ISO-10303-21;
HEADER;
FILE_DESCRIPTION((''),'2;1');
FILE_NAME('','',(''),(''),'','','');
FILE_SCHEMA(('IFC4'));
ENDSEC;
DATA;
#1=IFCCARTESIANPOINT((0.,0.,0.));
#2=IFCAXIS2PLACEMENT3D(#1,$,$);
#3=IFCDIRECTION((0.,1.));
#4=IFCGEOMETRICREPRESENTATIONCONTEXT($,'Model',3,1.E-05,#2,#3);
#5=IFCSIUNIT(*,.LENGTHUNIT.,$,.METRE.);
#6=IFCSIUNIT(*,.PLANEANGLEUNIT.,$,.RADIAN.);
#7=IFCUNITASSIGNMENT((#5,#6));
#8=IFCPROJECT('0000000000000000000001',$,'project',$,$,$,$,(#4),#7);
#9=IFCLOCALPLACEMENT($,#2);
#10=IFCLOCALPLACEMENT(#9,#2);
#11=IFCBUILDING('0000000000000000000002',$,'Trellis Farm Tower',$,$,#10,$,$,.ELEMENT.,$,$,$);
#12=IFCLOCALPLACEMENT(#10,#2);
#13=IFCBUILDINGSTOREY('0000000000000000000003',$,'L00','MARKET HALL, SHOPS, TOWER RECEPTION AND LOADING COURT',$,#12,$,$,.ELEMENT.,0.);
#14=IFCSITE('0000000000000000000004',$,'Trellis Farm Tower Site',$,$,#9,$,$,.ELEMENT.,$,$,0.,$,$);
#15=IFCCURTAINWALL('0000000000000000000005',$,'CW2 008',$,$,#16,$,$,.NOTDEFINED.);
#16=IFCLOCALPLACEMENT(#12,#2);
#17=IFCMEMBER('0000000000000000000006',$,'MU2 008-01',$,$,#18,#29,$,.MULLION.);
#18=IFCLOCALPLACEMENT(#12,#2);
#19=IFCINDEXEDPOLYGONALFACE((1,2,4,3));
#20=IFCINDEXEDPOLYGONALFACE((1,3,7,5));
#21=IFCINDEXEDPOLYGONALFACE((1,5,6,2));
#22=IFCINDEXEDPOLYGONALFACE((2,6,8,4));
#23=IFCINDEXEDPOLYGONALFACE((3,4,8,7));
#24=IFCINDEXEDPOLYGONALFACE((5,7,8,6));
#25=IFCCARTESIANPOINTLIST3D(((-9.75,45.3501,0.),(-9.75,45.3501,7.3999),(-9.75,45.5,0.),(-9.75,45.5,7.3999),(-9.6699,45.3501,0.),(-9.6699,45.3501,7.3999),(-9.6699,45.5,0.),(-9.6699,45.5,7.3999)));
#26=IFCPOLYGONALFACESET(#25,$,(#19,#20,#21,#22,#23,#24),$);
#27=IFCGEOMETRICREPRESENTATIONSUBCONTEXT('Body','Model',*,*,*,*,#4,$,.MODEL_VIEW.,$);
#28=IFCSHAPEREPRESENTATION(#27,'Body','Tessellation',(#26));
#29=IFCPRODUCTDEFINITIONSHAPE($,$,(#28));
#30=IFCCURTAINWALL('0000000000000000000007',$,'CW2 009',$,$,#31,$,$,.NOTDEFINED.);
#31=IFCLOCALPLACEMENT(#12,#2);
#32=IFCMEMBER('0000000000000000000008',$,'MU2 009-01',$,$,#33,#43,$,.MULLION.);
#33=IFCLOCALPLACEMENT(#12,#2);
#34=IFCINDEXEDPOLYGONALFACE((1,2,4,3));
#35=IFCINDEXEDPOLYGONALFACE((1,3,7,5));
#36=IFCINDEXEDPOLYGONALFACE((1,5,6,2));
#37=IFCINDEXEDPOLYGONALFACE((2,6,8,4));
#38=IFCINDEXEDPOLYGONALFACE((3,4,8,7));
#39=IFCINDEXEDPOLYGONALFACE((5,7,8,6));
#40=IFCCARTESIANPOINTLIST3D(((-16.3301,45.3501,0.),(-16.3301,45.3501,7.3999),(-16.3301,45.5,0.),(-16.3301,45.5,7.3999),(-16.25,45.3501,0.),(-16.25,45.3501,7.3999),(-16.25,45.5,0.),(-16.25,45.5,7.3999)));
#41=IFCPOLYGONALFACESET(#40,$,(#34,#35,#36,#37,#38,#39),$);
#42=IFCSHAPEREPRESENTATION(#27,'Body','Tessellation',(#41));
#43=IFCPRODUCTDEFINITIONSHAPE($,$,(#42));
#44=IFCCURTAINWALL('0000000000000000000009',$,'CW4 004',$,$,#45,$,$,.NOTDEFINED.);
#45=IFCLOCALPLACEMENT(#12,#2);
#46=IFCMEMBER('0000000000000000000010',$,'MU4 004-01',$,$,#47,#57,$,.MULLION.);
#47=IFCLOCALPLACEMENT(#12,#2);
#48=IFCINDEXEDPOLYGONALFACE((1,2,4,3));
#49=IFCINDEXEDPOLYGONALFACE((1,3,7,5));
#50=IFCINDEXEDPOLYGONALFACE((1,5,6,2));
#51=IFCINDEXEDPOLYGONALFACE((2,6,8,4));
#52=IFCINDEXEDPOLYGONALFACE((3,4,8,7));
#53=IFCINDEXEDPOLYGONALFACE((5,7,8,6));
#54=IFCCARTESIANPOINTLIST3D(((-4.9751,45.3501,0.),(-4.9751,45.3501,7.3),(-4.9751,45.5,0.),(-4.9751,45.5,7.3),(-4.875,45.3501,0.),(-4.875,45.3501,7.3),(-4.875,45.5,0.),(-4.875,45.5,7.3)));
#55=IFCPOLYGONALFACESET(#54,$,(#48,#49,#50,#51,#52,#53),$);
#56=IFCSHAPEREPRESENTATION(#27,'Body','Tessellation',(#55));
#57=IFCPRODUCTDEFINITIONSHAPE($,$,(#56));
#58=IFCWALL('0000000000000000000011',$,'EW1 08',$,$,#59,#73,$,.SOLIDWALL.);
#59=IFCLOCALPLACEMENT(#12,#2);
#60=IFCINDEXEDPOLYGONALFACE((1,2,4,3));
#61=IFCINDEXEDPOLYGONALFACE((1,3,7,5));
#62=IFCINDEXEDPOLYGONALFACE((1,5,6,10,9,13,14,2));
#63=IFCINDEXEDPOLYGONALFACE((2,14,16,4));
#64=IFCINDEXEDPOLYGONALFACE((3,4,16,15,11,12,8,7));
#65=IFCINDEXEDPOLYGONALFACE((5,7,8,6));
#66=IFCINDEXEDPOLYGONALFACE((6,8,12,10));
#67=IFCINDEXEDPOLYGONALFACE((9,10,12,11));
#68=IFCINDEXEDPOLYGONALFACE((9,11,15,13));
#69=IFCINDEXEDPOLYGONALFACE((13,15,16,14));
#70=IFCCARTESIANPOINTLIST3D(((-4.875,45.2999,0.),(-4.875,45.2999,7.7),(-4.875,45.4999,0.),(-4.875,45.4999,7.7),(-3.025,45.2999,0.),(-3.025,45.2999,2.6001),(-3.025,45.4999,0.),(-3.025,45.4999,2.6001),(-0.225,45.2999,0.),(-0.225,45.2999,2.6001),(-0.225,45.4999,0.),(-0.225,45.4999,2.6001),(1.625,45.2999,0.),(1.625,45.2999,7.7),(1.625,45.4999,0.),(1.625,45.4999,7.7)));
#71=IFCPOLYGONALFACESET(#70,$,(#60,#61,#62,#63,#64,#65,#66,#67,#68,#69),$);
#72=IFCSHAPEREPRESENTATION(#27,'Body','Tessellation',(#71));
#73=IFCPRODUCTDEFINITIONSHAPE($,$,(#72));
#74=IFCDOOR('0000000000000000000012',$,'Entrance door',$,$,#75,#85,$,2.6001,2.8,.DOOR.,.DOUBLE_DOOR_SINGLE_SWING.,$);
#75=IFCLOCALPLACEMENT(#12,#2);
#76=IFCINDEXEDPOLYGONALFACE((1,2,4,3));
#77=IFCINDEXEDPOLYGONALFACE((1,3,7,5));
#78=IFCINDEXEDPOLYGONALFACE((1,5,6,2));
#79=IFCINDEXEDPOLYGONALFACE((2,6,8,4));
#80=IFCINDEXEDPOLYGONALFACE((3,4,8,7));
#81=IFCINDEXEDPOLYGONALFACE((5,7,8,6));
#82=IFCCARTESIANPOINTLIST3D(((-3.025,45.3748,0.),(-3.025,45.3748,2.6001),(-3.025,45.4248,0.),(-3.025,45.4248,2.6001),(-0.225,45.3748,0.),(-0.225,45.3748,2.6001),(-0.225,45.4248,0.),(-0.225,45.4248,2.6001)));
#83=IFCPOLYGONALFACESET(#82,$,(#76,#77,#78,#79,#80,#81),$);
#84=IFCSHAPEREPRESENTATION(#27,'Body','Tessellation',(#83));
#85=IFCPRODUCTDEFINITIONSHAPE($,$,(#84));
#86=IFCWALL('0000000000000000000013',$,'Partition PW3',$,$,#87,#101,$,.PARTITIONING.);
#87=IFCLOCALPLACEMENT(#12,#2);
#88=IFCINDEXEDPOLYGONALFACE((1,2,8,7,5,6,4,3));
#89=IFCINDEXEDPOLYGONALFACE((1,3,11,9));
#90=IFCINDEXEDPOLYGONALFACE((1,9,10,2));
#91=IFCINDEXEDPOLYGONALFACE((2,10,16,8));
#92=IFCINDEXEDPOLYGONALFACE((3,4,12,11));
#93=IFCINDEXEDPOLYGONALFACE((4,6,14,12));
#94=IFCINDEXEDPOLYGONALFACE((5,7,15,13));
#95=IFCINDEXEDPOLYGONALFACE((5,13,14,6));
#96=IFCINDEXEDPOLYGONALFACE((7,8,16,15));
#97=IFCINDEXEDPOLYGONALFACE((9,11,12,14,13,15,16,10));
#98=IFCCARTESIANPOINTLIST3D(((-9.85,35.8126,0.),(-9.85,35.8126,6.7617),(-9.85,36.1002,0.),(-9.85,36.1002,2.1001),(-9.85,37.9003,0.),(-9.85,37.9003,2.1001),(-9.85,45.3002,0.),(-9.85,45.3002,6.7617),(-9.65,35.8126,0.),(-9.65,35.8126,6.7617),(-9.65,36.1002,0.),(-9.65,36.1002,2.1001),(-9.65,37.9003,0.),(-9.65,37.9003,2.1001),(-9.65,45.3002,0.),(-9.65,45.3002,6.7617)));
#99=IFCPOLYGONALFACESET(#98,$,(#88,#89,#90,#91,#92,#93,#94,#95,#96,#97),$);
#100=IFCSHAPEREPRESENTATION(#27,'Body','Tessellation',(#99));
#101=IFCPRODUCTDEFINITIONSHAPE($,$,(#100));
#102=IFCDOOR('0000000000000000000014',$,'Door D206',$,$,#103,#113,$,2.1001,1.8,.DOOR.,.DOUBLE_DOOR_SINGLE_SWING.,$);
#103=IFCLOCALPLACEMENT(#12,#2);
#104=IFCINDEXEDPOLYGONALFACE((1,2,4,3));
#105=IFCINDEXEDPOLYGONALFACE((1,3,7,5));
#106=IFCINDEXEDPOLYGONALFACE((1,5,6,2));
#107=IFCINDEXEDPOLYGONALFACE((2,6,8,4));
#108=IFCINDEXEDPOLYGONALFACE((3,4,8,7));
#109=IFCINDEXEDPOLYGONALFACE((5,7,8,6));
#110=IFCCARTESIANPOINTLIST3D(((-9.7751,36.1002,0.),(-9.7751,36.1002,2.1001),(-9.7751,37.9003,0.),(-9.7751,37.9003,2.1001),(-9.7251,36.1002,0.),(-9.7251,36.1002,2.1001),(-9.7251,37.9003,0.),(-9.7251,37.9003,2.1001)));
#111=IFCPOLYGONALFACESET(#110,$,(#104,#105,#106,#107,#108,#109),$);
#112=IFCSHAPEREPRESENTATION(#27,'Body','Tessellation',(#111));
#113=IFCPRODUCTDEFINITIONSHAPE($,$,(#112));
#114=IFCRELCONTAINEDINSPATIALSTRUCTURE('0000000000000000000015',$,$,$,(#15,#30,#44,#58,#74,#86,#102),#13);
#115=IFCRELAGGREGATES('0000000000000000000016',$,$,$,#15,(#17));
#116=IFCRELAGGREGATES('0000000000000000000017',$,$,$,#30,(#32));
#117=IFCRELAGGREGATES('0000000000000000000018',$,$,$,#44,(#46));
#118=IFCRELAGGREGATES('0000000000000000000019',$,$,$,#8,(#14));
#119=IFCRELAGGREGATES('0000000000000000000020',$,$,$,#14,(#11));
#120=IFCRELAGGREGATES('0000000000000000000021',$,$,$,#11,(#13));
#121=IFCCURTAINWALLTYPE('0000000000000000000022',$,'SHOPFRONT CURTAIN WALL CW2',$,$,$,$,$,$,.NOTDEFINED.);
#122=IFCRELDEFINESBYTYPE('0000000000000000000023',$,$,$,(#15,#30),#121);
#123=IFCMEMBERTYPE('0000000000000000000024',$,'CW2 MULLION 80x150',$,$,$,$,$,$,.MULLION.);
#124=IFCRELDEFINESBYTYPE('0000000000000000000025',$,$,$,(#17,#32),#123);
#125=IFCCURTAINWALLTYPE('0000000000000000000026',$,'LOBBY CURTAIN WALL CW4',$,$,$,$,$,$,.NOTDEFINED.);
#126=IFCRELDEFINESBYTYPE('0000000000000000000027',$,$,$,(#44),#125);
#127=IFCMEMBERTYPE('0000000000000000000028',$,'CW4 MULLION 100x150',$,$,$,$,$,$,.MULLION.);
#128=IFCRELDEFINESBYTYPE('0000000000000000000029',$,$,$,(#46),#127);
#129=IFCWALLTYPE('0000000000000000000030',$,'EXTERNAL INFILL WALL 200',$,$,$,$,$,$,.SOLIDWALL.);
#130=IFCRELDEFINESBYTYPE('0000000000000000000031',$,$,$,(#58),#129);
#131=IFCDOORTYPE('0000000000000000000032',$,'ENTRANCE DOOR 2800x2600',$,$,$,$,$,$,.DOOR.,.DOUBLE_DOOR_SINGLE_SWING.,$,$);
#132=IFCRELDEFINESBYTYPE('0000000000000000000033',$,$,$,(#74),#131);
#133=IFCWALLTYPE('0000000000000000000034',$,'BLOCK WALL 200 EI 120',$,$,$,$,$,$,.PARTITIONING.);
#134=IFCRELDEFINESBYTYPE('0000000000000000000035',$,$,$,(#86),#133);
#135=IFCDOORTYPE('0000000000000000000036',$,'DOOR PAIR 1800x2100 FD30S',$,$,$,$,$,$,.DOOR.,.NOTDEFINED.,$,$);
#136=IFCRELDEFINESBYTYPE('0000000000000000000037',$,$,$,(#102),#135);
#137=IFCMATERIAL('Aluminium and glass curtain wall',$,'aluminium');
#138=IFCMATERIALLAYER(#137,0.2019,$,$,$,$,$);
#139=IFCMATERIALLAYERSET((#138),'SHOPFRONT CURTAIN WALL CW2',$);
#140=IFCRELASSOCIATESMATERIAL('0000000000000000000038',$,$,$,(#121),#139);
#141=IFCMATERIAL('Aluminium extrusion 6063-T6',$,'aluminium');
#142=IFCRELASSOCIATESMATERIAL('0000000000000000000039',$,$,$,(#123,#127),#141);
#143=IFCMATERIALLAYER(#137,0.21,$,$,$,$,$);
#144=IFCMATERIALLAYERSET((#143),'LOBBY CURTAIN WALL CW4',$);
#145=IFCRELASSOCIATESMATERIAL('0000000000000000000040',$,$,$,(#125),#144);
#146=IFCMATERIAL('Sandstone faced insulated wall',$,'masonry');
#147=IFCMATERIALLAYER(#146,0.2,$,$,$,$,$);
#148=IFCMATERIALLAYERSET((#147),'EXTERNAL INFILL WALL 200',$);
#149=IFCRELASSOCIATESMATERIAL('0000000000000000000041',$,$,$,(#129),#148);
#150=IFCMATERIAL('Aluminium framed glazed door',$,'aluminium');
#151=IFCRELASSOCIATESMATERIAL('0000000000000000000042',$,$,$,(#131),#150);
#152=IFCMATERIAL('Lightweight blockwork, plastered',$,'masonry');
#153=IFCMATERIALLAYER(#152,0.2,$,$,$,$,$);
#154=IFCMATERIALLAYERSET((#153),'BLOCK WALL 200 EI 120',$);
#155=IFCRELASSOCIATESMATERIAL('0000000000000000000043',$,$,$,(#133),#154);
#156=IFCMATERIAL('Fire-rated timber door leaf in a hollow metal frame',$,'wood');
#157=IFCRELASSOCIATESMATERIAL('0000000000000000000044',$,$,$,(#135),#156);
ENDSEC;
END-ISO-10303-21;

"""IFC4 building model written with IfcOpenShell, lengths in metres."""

from ifc_helpers import new_model, si_unit, direction, frame, frame_2d, origin, origin_2d, place, context, subcontext, project, spatial, rectangle, extrude, source, transform, mapped, material, layer, layer_set, material_profile, profile_set, type_object, element, fill, aggregate, save


model = new_model("IFC4")

# Units and contexts
model_context = context("Model", 3, precision=1e-05, world=origin(), true_north=direction((0.0, 1.0)))
body_context = subcontext(model_context, "Body", "Model", "MODEL_VIEW")
ifc_project = project(units=[si_unit("LENGTHUNIT", "METRE"), si_unit("PLANEANGLEUNIT", "RADIAN")], contexts=[model_context])

# Site, building, storey
site_placement = place(None, origin())
site = spatial("IfcSite", under=ifc_project, at=site_placement, Name="Trellis Farm Tower Site", CompositionType="ELEMENT", RefElevation=0.0)
building_placement = place(site_placement, origin())
building = spatial("IfcBuilding", under=site, at=building_placement, Name="Trellis Farm Tower", CompositionType="ELEMENT")
storey_placement = place(building_placement, origin())
storey = spatial("IfcBuildingStorey", under=building, at=storey_placement, Name="L00", Description="MARKET HALL, SHOPS, TOWER RECEPTION AND LOADING COURT", CompositionType="ELEMENT", Elevation=0.0)

# Curtain walls, members
ifc_material_1 = material(Name="Aluminium and glass curtain wall", Category="aluminium")
ifc_layer_1 = layer(ifc_material_1, 0.2019)
ifc_layer_set_1 = layer_set([ifc_layer_1], Name="SHOPFRONT CURTAIN WALL CW2")
curtain_wall_type_1 = type_object("IfcCurtainWallType", Name="SHOPFRONT CURTAIN WALL CW2", PredefinedType="NOTDEFINED", material=ifc_layer_set_1)
placement = place(storey_placement, origin())
curtain_wall_1 = element("IfcCurtainWall", 1, at=placement, inside=storey, type_object=curtain_wall_type_1, Name="CW2 008", PredefinedType="NOTDEFINED")
ifc_material_2 = material(Name="Aluminium extrusion 6063-T6", Category="aluminium")
ifc_material_profile_1 = material_profile(ifc_material_2, rectangle(XDim=0.0801, YDim=0.1499, at=origin_2d()), Name="MULLION 80x150")
ifc_profile_set_1 = profile_set([ifc_material_profile_1], Name="Aluminium extrusion 6063-T6")
member_type_1 = type_object("IfcMemberType", Name="CW2 MULLION 80x150", PredefinedType="MULLION", material=ifc_profile_set_1)
shared_shape_1 = source(origin(), body_context, "Body", "SweptSolid", [
    extrude(rectangle(XDim=0.0801, YDim=0.1499, at=origin_2d()), origin(), (0.0, 0.0, 1.0), 7.3999),
])
member_1_placement = place(storey_placement, frame((-9.71, 45.425, 0.0), z_axis=(0.0, 0.0, 1.0), x_axis=(-1.0, 0.0, 0.0)))
member_1 = element("IfcMember", 2, at=member_1_placement, type_object=member_type_1, Name="MU2 008-01", PredefinedType="MULLION", context=body_context, shape_type="MappedRepresentation", body=[
    mapped(shared_shape_1, transform((0.0, 0.0, 0.0))),
])
aggregate(curtain_wall_1, [member_1])
curtain_wall_2 = element("IfcCurtainWall", 3, at=placement, inside=storey, type_object=curtain_wall_type_1, Name="CW2 009", PredefinedType="NOTDEFINED")
member_2_placement = place(storey_placement, frame((-16.29, 45.425, 0.0), z_axis=(0.0, 0.0, 1.0), x_axis=(-1.0, 0.0, 0.0)))
member_2 = element("IfcMember", 4, at=member_2_placement, type_object=member_type_1, Name="MU2 009-01", PredefinedType="MULLION", context=body_context, shape_type="MappedRepresentation", body=[
    mapped(shared_shape_1, transform((0.0, 0.0, 0.0))),
])
aggregate(curtain_wall_2, [member_2])
ifc_layer_2 = layer(ifc_material_1, 0.21)
ifc_layer_set_2 = layer_set([ifc_layer_2], Name="LOBBY CURTAIN WALL CW4")
curtain_wall_type_2 = type_object("IfcCurtainWallType", Name="LOBBY CURTAIN WALL CW4", PredefinedType="NOTDEFINED", material=ifc_layer_set_2)
curtain_wall_3 = element("IfcCurtainWall", 5, at=placement, inside=storey, type_object=curtain_wall_type_2, Name="CW4 004", PredefinedType="NOTDEFINED")
ifc_material_profile_2 = material_profile(ifc_material_2, rectangle(XDim=0.1001, YDim=0.1499, at=origin_2d()), Name="MULLION 100x150")
ifc_profile_set_2 = profile_set([ifc_material_profile_2], Name="Aluminium extrusion 6063-T6")
member_type_2 = type_object("IfcMemberType", Name="CW4 MULLION 100x150", PredefinedType="MULLION", material=ifc_profile_set_2)
shared_shape_2 = source(origin(), body_context, "Body", "SweptSolid", [
    extrude(rectangle(XDim=0.1001, YDim=0.1499, at=origin_2d()), origin(), (0.0, 0.0, 1.0), 7.3),
])
member_3_placement = place(storey_placement, frame((-4.925, 45.425, 0.0), z_axis=(0.0, 0.0, 1.0), x_axis=(-1.0, 0.0, 0.0)))
member_3 = element("IfcMember", 6, at=member_3_placement, type_object=member_type_2, Name="MU4 004-01", PredefinedType="MULLION", context=body_context, shape_type="MappedRepresentation", body=[
    mapped(shared_shape_2, transform((0.0, 0.0, 0.0))),
])
aggregate(curtain_wall_3, [member_3])

# Walls, openings, doors
ifc_material_3 = material(Name="Sandstone faced insulated wall", Category="masonry")
ifc_layer_3 = layer(ifc_material_3, 0.2)
ifc_layer_set_3 = layer_set([ifc_layer_3], Name="EXTERNAL INFILL WALL 200")
wall_type_1 = type_object("IfcWallType", Name="EXTERNAL INFILL WALL 200", PredefinedType="SOLIDWALL", material=ifc_layer_set_3)
shared_shape_3 = source(origin(), body_context, "Body", "SweptSolid", [
    extrude(rectangle(XDim=6.5, YDim=0.2, at=frame_2d((3.25, 0.0))), origin(), (0.0, 0.0, 1.0), 7.7),
])
wall_1_placement = place(storey_placement, frame((-4.875, 45.3999, 0.0), z_axis=(0.0, 0.0, 1.0), x_axis=(1.0, 0.0, 0.0)))
wall_1 = element("IfcWall", 7, at=wall_1_placement, inside=storey, type_object=wall_type_1, Name="EW1 08", PredefinedType="SOLIDWALL", context=body_context, shape_type="MappedRepresentation", body=[
    mapped(shared_shape_3, transform((0.0, 0.0, 0.0))),
])
shared_shape_4 = source(origin(), body_context, "Body", "SweptSolid", [
    extrude(rectangle(XDim=2.8, YDim=2.6001, at=frame_2d((1.3999, 1.3))), frame((0.0, 0.1101, 0.0), z_axis=(0.0, -1.0, 0.0), x_axis=(1.0, 0.0, 0.0)), (0.0, 0.0, 1.0), 0.2202),
])
opening_1_placement = place(wall_1_placement, frame((1.8501, 0.0, 0.0)))
opening_1 = element("IfcOpeningElement", 8, at=opening_1_placement, cuts=wall_1, PredefinedType="OPENING", context=body_context, shape_type="MappedRepresentation", body=[
    mapped(shared_shape_4, transform((0.0, 0.0, 0.0))),
])
ifc_material_4 = material(Name="Aluminium framed glazed door", Category="aluminium")
door_type_1 = type_object("IfcDoorType", Name="ENTRANCE DOOR 2800x2600", OperationType="DOUBLE_DOOR_SINGLE_SWING", PredefinedType="DOOR", material=ifc_material_4)
shared_shape_5 = source(origin(), body_context, "Body", "SweptSolid", [
    extrude(rectangle(XDim=2.8, YDim=2.6001, at=frame_2d((1.3999, 1.3))), frame((0.0, 0.0249, 0.0), z_axis=(0.0, -1.0, 0.0), x_axis=(1.0, 0.0, 0.0)), (0.0, 0.0, 1.0), 0.05),
])
door_1_placement = place(opening_1_placement, origin())
door_1 = element("IfcDoor", 9, at=door_1_placement, inside=storey, type_object=door_type_1, Name="Entrance door", OperationType="DOUBLE_DOOR_SINGLE_SWING", OverallHeight=2.6001, OverallWidth=2.8, PredefinedType="DOOR", context=body_context, shape_type="MappedRepresentation", body=[
    mapped(shared_shape_5, transform((0.0, 0.0, 0.0))),
])
fill(opening_1, door_1)
ifc_material_5 = material(Name="Lightweight blockwork, plastered", Category="masonry")
ifc_layer_4 = layer(ifc_material_5, 0.2)
ifc_layer_set_4 = layer_set([ifc_layer_4], Name="BLOCK WALL 200 EI 120")
wall_type_2 = type_object("IfcWallType", Name="BLOCK WALL 200 EI 120", PredefinedType="PARTITIONING", material=ifc_layer_set_4)
shared_shape_6 = source(origin(), body_context, "Body", "SweptSolid", [
    extrude(rectangle(XDim=9.4875, YDim=0.2, at=frame_2d((4.7437, 0.0))), origin(), (0.0, 0.0, 1.0), 6.7617),
])
wall_2_placement = place(storey_placement, frame((-9.75, 45.3, 0.0), z_axis=(0.0, 0.0, 1.0), x_axis=(0.0, -1.0, 0.0)))
wall_2 = element("IfcWall", 10, at=wall_2_placement, inside=storey, type_object=wall_type_2, Name="Partition PW3", PredefinedType="PARTITIONING", context=body_context, shape_type="MappedRepresentation", body=[
    mapped(shared_shape_6, transform((0.0, 0.0, 0.0))),
])
shared_shape_7 = source(origin(), body_context, "Body", "SweptSolid", [
    extrude(rectangle(XDim=1.8, YDim=2.1001, at=frame_2d((0.8999, 1.05))), frame((0.0, 0.1101, 0.0), z_axis=(0.0, -1.0, 0.0), x_axis=(1.0, 0.0, 0.0)), (0.0, 0.0, 1.0), 0.2202),
])
opening_2_placement = place(wall_2_placement, frame((7.3999, 0.0, 0.0)))
opening_2 = element("IfcOpeningElement", 11, at=opening_2_placement, cuts=wall_2, PredefinedType="OPENING", context=body_context, shape_type="MappedRepresentation", body=[
    mapped(shared_shape_7, transform((0.0, 0.0, 0.0))),
])
ifc_material_6 = material(Name="Fire-rated timber door leaf in a hollow metal frame", Category="wood")
door_type_2 = type_object("IfcDoorType", Name="DOOR PAIR 1800x2100 FD30S", OperationType="NOTDEFINED", PredefinedType="DOOR", material=ifc_material_6)
shared_shape_8 = source(origin(), body_context, "Body", "SweptSolid", [
    extrude(rectangle(XDim=1.8, YDim=2.1001, at=frame_2d((0.8999, 1.05))), frame((0.0, 0.0249, 0.0), z_axis=(0.0, -1.0, 0.0), x_axis=(1.0, 0.0, 0.0)), (0.0, 0.0, 1.0), 0.05),
])
door_2_placement = place(opening_2_placement, origin())
door_2 = element("IfcDoor", 12, at=door_2_placement, inside=storey, type_object=door_type_2, Name="Door D206", OperationType="DOUBLE_DOOR_SINGLE_SWING", OverallHeight=2.1001, OverallWidth=1.8, PredefinedType="DOOR", context=body_context, shape_type="MappedRepresentation", body=[
    mapped(shared_shape_8, transform((0.0, 0.0, 0.0))),
])
fill(opening_2, door_2)

save(model, "model.ifc")
